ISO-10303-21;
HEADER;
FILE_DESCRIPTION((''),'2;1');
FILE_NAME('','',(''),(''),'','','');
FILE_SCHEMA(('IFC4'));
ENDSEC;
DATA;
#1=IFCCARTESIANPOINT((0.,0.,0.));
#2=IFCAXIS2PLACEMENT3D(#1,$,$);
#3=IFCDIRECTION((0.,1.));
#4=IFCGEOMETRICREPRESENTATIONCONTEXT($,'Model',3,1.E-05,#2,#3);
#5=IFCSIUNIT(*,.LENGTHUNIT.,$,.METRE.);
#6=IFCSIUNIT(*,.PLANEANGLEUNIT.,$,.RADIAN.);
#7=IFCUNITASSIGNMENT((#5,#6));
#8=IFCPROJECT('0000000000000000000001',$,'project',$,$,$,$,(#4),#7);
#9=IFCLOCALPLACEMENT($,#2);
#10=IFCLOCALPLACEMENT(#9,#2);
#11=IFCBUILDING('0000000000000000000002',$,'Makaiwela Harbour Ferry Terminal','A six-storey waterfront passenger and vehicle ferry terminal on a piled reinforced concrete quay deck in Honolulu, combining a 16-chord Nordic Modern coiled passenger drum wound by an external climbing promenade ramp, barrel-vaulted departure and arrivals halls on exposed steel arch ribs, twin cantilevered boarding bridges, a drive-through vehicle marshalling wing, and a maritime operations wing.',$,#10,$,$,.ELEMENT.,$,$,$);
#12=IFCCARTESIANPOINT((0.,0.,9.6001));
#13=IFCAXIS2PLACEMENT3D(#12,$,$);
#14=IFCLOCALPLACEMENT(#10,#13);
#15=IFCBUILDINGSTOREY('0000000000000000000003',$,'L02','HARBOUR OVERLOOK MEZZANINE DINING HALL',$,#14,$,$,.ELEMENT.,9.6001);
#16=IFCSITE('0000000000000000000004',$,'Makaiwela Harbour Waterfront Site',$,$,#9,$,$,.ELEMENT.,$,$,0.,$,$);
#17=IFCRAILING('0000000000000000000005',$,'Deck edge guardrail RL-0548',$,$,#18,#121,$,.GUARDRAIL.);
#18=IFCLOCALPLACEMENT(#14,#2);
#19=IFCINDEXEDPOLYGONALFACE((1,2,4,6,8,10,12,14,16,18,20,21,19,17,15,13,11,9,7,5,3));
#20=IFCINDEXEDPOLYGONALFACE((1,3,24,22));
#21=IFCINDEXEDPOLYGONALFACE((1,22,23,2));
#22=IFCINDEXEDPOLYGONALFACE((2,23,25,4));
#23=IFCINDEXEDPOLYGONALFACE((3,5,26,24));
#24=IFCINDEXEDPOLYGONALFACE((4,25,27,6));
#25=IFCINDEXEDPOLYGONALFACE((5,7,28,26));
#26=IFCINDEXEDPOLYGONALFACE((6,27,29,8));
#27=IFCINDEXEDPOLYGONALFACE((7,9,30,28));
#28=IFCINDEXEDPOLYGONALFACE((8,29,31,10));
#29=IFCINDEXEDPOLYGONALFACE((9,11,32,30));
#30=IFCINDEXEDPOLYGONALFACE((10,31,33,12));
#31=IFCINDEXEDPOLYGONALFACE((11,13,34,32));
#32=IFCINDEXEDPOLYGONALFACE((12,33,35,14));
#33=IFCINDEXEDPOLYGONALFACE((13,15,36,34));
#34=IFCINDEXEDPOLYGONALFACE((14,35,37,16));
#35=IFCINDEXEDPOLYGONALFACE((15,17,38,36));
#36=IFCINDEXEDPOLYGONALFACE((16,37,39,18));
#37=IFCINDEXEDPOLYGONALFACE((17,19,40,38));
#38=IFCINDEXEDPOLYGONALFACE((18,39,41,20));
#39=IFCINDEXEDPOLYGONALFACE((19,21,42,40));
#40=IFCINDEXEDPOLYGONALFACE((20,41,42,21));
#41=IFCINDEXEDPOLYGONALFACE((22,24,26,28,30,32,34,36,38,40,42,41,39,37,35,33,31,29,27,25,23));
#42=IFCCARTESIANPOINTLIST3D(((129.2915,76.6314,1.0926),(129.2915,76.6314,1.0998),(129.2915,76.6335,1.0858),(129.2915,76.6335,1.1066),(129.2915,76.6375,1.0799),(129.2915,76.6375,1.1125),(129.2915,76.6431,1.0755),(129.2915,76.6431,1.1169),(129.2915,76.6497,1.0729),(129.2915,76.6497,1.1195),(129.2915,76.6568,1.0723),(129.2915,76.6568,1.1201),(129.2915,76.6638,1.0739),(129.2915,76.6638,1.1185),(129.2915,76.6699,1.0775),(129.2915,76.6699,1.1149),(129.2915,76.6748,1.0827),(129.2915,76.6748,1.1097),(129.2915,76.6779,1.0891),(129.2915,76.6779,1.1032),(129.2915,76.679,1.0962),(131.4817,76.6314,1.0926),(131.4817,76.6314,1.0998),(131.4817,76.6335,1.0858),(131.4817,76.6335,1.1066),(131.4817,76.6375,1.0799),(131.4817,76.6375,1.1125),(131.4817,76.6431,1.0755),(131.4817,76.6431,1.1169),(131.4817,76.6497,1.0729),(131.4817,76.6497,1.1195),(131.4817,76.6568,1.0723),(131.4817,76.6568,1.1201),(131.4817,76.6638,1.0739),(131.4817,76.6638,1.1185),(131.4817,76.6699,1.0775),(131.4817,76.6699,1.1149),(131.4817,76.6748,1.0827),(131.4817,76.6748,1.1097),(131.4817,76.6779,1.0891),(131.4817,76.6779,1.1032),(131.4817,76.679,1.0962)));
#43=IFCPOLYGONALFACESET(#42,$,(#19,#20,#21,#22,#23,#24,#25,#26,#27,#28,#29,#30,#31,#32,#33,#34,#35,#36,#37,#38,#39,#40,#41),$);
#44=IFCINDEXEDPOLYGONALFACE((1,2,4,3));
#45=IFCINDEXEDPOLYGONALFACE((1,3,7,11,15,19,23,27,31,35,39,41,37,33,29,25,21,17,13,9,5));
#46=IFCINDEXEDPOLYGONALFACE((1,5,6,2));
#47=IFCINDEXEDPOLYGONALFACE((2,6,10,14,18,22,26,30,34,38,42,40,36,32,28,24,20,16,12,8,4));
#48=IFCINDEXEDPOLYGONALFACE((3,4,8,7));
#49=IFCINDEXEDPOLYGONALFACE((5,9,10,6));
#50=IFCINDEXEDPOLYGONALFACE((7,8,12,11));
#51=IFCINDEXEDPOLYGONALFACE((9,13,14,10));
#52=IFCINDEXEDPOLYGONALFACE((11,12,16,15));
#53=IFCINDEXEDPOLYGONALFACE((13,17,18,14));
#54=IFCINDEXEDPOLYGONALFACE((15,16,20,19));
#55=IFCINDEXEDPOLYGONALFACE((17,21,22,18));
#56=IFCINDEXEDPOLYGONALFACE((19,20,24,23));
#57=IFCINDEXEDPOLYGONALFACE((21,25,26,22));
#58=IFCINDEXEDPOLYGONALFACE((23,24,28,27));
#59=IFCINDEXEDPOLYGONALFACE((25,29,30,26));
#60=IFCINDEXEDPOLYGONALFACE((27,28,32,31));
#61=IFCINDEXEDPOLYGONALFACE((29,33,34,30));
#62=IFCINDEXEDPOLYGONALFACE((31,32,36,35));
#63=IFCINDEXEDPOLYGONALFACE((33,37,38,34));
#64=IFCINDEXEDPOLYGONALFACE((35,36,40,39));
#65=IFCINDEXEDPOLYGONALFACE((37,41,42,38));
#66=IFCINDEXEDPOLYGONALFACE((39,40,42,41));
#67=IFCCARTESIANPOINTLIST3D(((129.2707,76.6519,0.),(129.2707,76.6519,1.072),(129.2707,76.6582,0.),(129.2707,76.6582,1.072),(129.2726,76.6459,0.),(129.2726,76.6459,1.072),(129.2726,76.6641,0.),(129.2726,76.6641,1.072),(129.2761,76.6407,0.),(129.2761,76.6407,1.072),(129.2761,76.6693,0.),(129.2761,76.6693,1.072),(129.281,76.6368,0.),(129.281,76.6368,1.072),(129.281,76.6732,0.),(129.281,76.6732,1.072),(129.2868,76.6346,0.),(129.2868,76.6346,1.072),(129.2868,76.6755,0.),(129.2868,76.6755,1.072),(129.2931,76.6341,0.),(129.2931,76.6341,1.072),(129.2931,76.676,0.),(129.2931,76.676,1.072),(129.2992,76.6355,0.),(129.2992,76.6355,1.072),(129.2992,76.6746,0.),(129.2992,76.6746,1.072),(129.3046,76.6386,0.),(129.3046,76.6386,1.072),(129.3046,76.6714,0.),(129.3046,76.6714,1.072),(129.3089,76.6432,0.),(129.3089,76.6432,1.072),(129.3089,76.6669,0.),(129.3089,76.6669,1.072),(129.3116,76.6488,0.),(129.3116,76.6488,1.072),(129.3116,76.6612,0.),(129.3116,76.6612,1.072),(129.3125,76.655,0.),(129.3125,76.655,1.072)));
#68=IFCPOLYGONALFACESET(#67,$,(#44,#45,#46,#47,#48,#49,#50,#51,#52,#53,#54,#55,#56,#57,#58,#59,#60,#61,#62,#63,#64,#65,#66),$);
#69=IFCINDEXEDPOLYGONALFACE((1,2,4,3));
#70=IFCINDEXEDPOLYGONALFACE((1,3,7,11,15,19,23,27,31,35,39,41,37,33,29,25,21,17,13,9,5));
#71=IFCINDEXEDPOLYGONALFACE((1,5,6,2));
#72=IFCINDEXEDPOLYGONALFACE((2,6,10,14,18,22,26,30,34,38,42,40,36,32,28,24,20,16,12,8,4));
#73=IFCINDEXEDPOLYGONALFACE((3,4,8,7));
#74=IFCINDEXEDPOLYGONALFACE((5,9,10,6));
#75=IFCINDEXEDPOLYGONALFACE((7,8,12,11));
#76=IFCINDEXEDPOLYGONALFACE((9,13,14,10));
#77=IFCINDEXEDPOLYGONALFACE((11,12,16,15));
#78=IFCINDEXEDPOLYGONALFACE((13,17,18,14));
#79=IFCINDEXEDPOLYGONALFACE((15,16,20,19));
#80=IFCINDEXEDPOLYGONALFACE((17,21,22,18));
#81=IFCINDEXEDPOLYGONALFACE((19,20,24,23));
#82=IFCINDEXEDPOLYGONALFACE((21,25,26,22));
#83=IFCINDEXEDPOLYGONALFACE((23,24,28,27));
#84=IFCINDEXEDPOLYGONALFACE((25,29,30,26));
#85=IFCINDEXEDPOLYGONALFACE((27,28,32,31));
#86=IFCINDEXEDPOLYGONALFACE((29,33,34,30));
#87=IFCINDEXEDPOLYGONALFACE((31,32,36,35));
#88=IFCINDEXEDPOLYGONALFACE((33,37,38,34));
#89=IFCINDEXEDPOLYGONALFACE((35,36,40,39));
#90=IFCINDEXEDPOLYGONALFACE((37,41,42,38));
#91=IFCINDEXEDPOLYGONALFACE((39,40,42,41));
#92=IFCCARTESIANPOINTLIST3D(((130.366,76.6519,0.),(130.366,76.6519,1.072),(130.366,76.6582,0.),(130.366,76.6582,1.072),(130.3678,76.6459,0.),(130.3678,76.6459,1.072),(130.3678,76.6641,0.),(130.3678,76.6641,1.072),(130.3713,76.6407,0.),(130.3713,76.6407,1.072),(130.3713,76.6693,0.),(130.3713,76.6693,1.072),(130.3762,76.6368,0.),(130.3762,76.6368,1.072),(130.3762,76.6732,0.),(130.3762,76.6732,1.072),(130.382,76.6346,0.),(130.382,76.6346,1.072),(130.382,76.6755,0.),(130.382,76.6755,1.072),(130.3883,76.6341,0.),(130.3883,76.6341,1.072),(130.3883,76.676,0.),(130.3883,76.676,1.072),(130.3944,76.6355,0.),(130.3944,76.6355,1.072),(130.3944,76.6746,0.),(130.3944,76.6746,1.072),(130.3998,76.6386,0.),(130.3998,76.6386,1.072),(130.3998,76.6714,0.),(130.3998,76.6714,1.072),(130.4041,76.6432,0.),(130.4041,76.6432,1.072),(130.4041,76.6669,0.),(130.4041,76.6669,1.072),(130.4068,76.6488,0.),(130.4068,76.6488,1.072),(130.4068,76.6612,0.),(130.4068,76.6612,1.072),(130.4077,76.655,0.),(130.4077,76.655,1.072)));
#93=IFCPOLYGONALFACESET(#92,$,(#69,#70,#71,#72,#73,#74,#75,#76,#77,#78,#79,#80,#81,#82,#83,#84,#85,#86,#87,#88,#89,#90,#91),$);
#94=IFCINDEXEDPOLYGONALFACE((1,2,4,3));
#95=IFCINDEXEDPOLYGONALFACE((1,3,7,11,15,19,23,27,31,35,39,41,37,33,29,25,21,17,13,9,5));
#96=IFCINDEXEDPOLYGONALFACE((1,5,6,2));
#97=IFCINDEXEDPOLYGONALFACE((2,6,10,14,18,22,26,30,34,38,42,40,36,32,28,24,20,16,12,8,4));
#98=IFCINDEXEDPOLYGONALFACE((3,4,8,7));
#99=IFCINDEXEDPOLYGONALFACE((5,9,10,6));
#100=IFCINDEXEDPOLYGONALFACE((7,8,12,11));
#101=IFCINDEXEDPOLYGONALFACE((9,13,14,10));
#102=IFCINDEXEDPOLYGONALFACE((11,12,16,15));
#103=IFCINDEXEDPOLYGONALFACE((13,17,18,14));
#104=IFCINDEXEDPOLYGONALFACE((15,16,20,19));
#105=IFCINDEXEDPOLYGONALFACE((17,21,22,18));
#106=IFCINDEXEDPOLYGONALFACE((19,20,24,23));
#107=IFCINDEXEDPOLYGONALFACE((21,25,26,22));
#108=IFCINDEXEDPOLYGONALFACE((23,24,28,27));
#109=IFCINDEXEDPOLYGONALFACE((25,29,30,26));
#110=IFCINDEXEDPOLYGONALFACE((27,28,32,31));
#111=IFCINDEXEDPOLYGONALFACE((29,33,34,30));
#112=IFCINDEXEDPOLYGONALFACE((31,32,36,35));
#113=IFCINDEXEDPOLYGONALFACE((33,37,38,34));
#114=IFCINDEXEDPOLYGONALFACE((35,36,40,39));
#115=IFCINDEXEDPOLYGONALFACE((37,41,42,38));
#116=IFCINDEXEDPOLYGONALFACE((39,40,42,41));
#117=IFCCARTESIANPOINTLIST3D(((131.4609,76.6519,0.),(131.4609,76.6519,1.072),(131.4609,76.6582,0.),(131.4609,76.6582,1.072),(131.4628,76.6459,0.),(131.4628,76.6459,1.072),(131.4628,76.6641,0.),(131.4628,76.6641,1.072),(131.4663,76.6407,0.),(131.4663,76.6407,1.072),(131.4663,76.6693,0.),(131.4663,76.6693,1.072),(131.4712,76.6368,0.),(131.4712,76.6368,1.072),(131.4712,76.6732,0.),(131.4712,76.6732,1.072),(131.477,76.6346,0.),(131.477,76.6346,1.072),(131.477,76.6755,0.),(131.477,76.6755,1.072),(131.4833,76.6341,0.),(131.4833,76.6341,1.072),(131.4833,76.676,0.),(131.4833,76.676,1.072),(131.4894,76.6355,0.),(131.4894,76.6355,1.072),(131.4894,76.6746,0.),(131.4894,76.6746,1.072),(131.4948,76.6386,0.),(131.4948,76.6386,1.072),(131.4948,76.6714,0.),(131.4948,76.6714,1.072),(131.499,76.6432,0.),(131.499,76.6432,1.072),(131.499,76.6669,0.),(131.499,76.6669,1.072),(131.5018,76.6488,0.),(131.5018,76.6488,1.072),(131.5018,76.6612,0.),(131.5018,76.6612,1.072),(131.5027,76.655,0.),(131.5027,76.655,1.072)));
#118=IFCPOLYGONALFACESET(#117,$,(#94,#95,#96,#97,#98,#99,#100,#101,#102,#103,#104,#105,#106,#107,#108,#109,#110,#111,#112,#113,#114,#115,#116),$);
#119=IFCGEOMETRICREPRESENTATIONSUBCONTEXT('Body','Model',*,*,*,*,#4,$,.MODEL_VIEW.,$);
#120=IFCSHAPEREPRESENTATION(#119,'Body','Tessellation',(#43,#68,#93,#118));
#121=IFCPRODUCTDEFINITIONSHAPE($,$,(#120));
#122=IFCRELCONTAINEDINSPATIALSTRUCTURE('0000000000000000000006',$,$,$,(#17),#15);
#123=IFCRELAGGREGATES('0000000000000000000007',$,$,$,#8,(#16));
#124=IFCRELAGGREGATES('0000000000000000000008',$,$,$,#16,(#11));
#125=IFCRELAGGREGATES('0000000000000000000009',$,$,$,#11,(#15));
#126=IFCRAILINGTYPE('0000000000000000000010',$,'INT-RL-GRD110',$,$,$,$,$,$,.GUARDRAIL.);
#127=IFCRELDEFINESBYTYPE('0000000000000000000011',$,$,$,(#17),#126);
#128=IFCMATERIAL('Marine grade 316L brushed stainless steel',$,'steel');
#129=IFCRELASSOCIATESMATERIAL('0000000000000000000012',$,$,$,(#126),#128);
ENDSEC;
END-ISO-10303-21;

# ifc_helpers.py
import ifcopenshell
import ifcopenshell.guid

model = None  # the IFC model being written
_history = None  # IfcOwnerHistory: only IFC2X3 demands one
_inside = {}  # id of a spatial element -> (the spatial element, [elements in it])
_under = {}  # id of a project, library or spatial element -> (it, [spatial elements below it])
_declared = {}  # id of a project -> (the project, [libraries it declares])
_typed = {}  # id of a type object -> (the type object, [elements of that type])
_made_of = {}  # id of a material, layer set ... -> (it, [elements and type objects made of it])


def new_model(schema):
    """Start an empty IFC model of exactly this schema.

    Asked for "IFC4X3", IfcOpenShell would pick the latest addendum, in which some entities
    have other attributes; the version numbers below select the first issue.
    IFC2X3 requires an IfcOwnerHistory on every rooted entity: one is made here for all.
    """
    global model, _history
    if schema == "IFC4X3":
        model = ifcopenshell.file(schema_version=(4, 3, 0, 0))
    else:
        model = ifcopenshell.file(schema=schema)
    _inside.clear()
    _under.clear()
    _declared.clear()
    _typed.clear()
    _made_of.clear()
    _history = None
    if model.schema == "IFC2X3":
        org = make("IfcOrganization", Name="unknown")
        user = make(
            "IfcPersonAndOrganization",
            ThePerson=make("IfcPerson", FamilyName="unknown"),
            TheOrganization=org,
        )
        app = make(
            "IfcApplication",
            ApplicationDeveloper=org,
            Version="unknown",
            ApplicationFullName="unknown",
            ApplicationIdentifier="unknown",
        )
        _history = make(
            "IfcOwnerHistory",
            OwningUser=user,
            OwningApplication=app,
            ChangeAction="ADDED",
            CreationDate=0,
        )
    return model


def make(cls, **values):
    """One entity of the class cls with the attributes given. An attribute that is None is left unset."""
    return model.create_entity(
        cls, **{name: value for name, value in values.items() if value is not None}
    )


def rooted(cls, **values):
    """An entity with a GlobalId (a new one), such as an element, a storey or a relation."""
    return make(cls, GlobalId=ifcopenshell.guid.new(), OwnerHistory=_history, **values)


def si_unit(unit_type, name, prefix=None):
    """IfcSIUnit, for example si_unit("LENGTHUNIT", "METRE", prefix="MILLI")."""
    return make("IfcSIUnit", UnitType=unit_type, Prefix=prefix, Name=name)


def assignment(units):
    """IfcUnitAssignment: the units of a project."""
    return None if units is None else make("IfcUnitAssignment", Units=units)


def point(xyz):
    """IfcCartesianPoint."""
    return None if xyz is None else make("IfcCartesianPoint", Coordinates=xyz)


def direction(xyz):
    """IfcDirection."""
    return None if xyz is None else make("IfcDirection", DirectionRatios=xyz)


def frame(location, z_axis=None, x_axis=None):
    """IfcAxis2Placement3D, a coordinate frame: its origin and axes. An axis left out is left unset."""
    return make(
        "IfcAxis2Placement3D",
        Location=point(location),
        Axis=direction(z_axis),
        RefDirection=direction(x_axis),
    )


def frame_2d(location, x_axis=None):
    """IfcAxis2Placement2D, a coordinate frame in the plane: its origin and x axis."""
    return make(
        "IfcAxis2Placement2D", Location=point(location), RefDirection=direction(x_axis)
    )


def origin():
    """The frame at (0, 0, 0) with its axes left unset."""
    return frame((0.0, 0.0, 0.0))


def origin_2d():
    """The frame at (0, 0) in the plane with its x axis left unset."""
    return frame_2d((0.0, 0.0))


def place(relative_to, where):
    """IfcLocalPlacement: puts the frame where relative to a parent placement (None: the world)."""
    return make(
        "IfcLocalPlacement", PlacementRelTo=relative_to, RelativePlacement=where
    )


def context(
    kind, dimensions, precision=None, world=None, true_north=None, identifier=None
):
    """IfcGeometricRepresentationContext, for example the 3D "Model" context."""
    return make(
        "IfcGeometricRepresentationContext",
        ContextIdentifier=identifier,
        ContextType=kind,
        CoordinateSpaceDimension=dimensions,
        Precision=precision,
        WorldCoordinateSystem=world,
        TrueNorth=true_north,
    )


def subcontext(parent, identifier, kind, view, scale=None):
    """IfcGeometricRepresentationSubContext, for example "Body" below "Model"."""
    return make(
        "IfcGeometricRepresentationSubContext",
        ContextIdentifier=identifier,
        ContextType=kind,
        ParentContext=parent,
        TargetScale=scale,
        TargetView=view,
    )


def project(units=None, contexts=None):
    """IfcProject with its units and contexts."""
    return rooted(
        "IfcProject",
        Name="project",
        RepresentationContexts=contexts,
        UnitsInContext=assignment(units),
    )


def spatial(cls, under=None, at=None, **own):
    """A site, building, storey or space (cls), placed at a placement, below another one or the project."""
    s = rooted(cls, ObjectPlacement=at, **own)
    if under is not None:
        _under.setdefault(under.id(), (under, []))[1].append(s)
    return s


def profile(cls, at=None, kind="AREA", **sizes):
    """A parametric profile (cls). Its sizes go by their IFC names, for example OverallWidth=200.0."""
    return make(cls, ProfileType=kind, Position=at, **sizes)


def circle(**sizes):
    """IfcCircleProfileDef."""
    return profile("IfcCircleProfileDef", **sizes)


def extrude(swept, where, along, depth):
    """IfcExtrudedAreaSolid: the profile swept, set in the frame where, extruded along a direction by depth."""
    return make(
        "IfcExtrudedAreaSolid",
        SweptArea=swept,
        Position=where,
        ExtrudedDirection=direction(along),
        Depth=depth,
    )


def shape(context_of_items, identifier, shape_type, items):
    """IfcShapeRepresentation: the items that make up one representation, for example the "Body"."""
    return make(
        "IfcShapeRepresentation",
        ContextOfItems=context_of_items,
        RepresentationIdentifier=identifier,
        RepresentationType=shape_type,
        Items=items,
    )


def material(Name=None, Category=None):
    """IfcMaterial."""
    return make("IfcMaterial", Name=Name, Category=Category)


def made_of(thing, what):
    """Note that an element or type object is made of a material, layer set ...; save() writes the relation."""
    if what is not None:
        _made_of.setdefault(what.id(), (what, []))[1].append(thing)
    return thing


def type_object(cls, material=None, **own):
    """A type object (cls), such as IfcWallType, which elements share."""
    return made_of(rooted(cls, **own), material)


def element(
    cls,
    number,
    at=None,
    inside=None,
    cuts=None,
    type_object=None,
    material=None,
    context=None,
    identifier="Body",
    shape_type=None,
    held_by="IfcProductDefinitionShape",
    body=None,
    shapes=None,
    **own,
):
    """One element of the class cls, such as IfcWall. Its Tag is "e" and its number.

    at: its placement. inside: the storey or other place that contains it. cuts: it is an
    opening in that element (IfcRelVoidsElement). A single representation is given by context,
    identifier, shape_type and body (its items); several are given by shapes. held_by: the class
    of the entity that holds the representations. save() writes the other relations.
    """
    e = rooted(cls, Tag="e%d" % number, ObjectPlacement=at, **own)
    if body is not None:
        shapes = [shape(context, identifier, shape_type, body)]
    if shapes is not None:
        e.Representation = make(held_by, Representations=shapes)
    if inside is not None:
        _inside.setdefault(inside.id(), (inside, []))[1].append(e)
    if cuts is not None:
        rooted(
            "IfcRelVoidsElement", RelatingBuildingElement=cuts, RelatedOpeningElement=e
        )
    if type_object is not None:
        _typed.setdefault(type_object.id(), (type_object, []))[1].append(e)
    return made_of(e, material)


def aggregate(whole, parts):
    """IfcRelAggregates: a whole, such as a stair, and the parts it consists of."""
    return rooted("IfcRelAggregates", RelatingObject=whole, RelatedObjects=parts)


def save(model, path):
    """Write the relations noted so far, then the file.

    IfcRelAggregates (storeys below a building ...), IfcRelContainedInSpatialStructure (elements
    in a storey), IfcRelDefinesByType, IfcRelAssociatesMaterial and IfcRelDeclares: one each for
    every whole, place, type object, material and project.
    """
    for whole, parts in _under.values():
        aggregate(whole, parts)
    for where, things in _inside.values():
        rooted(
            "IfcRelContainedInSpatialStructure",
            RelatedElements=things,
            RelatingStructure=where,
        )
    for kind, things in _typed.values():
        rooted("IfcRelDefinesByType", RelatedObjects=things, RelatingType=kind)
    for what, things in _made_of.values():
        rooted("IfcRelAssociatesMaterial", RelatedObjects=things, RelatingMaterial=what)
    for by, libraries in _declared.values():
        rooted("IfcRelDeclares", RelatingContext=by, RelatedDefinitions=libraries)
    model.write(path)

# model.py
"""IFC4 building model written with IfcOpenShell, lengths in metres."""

from ifc_helpers import new_model, si_unit, direction, frame, origin, origin_2d, place, context, subcontext, project, spatial, circle, extrude, material, type_object, element, save


model = new_model("IFC4")

# Units and contexts
model_context = context("Model", 3, precision=1e-05, world=origin(), true_north=direction((0.0, 1.0)))
body_context = subcontext(model_context, "Body", "Model", "MODEL_VIEW")
ifc_project = project(units=[si_unit("LENGTHUNIT", "METRE"), si_unit("PLANEANGLEUNIT", "RADIAN")], contexts=[model_context])

# Site, building, storey
site_placement = place(None, origin())
site = spatial("IfcSite", under=ifc_project, at=site_placement, Name="Makaiwela Harbour Waterfront Site", CompositionType="ELEMENT", RefElevation=0.0)
building_placement = place(site_placement, origin())
building = spatial("IfcBuilding", under=site, at=building_placement, Name="Makaiwela Harbour Ferry Terminal", Description="A six-storey waterfront passenger and vehicle ferry terminal on a piled reinforced concrete quay deck in Honolulu, combining a 16-chord Nordic Modern coiled passenger drum wound by an external climbing promenade ramp, barrel-vaulted departure and arrivals halls on exposed steel arch ribs, twin cantilevered boarding bridges, a drive-through vehicle marshalling wing, and a maritime operations wing.", CompositionType="ELEMENT")
storey_placement = place(building_placement, frame((0.0, 0.0, 9.6001)))
storey = spatial("IfcBuildingStorey", under=building, at=storey_placement, Name="L02", Description="HARBOUR OVERLOOK MEZZANINE DINING HALL", CompositionType="ELEMENT", Elevation=9.6001)

# Railing
ifc_material_1 = material(Name="Marine grade 316L brushed stainless steel", Category="steel")
railing_type = type_object("IfcRailingType", Name="INT-RL-GRD110", PredefinedType="GUARDRAIL", material=ifc_material_1)
railing_1_placement = place(storey_placement, frame((129.2915, 76.655, 0.0)))
element("IfcRailing", 1, at=railing_1_placement, inside=storey, type_object=railing_type, Name="Deck edge guardrail RL-0548", PredefinedType="GUARDRAIL", context=body_context, shape_type="SweptSolid", body=[
    extrude(circle(Radius=0.0239, at=origin_2d()), frame((0.0, 0.0, 1.0962), z_axis=(1.0, 0.0, 0.0), x_axis=(0.0, 1.0, 0.0)), (0.0, 0.0, 1.0), 2.1902),
    extrude(circle(Radius=0.021, at=origin_2d()), origin(), (0.0, 0.0, 1.0), 1.072),
    extrude(circle(Radius=0.021, at=origin_2d()), frame((1.0952, 0.0, 0.0)), (0.0, 0.0, 1.0), 1.072),
    extrude(circle(Radius=0.021, at=origin_2d()), frame((2.1902, 0.0, 0.0)), (0.0, 0.0, 1.0), 1.072),
])

save(model, "model.ifc")
